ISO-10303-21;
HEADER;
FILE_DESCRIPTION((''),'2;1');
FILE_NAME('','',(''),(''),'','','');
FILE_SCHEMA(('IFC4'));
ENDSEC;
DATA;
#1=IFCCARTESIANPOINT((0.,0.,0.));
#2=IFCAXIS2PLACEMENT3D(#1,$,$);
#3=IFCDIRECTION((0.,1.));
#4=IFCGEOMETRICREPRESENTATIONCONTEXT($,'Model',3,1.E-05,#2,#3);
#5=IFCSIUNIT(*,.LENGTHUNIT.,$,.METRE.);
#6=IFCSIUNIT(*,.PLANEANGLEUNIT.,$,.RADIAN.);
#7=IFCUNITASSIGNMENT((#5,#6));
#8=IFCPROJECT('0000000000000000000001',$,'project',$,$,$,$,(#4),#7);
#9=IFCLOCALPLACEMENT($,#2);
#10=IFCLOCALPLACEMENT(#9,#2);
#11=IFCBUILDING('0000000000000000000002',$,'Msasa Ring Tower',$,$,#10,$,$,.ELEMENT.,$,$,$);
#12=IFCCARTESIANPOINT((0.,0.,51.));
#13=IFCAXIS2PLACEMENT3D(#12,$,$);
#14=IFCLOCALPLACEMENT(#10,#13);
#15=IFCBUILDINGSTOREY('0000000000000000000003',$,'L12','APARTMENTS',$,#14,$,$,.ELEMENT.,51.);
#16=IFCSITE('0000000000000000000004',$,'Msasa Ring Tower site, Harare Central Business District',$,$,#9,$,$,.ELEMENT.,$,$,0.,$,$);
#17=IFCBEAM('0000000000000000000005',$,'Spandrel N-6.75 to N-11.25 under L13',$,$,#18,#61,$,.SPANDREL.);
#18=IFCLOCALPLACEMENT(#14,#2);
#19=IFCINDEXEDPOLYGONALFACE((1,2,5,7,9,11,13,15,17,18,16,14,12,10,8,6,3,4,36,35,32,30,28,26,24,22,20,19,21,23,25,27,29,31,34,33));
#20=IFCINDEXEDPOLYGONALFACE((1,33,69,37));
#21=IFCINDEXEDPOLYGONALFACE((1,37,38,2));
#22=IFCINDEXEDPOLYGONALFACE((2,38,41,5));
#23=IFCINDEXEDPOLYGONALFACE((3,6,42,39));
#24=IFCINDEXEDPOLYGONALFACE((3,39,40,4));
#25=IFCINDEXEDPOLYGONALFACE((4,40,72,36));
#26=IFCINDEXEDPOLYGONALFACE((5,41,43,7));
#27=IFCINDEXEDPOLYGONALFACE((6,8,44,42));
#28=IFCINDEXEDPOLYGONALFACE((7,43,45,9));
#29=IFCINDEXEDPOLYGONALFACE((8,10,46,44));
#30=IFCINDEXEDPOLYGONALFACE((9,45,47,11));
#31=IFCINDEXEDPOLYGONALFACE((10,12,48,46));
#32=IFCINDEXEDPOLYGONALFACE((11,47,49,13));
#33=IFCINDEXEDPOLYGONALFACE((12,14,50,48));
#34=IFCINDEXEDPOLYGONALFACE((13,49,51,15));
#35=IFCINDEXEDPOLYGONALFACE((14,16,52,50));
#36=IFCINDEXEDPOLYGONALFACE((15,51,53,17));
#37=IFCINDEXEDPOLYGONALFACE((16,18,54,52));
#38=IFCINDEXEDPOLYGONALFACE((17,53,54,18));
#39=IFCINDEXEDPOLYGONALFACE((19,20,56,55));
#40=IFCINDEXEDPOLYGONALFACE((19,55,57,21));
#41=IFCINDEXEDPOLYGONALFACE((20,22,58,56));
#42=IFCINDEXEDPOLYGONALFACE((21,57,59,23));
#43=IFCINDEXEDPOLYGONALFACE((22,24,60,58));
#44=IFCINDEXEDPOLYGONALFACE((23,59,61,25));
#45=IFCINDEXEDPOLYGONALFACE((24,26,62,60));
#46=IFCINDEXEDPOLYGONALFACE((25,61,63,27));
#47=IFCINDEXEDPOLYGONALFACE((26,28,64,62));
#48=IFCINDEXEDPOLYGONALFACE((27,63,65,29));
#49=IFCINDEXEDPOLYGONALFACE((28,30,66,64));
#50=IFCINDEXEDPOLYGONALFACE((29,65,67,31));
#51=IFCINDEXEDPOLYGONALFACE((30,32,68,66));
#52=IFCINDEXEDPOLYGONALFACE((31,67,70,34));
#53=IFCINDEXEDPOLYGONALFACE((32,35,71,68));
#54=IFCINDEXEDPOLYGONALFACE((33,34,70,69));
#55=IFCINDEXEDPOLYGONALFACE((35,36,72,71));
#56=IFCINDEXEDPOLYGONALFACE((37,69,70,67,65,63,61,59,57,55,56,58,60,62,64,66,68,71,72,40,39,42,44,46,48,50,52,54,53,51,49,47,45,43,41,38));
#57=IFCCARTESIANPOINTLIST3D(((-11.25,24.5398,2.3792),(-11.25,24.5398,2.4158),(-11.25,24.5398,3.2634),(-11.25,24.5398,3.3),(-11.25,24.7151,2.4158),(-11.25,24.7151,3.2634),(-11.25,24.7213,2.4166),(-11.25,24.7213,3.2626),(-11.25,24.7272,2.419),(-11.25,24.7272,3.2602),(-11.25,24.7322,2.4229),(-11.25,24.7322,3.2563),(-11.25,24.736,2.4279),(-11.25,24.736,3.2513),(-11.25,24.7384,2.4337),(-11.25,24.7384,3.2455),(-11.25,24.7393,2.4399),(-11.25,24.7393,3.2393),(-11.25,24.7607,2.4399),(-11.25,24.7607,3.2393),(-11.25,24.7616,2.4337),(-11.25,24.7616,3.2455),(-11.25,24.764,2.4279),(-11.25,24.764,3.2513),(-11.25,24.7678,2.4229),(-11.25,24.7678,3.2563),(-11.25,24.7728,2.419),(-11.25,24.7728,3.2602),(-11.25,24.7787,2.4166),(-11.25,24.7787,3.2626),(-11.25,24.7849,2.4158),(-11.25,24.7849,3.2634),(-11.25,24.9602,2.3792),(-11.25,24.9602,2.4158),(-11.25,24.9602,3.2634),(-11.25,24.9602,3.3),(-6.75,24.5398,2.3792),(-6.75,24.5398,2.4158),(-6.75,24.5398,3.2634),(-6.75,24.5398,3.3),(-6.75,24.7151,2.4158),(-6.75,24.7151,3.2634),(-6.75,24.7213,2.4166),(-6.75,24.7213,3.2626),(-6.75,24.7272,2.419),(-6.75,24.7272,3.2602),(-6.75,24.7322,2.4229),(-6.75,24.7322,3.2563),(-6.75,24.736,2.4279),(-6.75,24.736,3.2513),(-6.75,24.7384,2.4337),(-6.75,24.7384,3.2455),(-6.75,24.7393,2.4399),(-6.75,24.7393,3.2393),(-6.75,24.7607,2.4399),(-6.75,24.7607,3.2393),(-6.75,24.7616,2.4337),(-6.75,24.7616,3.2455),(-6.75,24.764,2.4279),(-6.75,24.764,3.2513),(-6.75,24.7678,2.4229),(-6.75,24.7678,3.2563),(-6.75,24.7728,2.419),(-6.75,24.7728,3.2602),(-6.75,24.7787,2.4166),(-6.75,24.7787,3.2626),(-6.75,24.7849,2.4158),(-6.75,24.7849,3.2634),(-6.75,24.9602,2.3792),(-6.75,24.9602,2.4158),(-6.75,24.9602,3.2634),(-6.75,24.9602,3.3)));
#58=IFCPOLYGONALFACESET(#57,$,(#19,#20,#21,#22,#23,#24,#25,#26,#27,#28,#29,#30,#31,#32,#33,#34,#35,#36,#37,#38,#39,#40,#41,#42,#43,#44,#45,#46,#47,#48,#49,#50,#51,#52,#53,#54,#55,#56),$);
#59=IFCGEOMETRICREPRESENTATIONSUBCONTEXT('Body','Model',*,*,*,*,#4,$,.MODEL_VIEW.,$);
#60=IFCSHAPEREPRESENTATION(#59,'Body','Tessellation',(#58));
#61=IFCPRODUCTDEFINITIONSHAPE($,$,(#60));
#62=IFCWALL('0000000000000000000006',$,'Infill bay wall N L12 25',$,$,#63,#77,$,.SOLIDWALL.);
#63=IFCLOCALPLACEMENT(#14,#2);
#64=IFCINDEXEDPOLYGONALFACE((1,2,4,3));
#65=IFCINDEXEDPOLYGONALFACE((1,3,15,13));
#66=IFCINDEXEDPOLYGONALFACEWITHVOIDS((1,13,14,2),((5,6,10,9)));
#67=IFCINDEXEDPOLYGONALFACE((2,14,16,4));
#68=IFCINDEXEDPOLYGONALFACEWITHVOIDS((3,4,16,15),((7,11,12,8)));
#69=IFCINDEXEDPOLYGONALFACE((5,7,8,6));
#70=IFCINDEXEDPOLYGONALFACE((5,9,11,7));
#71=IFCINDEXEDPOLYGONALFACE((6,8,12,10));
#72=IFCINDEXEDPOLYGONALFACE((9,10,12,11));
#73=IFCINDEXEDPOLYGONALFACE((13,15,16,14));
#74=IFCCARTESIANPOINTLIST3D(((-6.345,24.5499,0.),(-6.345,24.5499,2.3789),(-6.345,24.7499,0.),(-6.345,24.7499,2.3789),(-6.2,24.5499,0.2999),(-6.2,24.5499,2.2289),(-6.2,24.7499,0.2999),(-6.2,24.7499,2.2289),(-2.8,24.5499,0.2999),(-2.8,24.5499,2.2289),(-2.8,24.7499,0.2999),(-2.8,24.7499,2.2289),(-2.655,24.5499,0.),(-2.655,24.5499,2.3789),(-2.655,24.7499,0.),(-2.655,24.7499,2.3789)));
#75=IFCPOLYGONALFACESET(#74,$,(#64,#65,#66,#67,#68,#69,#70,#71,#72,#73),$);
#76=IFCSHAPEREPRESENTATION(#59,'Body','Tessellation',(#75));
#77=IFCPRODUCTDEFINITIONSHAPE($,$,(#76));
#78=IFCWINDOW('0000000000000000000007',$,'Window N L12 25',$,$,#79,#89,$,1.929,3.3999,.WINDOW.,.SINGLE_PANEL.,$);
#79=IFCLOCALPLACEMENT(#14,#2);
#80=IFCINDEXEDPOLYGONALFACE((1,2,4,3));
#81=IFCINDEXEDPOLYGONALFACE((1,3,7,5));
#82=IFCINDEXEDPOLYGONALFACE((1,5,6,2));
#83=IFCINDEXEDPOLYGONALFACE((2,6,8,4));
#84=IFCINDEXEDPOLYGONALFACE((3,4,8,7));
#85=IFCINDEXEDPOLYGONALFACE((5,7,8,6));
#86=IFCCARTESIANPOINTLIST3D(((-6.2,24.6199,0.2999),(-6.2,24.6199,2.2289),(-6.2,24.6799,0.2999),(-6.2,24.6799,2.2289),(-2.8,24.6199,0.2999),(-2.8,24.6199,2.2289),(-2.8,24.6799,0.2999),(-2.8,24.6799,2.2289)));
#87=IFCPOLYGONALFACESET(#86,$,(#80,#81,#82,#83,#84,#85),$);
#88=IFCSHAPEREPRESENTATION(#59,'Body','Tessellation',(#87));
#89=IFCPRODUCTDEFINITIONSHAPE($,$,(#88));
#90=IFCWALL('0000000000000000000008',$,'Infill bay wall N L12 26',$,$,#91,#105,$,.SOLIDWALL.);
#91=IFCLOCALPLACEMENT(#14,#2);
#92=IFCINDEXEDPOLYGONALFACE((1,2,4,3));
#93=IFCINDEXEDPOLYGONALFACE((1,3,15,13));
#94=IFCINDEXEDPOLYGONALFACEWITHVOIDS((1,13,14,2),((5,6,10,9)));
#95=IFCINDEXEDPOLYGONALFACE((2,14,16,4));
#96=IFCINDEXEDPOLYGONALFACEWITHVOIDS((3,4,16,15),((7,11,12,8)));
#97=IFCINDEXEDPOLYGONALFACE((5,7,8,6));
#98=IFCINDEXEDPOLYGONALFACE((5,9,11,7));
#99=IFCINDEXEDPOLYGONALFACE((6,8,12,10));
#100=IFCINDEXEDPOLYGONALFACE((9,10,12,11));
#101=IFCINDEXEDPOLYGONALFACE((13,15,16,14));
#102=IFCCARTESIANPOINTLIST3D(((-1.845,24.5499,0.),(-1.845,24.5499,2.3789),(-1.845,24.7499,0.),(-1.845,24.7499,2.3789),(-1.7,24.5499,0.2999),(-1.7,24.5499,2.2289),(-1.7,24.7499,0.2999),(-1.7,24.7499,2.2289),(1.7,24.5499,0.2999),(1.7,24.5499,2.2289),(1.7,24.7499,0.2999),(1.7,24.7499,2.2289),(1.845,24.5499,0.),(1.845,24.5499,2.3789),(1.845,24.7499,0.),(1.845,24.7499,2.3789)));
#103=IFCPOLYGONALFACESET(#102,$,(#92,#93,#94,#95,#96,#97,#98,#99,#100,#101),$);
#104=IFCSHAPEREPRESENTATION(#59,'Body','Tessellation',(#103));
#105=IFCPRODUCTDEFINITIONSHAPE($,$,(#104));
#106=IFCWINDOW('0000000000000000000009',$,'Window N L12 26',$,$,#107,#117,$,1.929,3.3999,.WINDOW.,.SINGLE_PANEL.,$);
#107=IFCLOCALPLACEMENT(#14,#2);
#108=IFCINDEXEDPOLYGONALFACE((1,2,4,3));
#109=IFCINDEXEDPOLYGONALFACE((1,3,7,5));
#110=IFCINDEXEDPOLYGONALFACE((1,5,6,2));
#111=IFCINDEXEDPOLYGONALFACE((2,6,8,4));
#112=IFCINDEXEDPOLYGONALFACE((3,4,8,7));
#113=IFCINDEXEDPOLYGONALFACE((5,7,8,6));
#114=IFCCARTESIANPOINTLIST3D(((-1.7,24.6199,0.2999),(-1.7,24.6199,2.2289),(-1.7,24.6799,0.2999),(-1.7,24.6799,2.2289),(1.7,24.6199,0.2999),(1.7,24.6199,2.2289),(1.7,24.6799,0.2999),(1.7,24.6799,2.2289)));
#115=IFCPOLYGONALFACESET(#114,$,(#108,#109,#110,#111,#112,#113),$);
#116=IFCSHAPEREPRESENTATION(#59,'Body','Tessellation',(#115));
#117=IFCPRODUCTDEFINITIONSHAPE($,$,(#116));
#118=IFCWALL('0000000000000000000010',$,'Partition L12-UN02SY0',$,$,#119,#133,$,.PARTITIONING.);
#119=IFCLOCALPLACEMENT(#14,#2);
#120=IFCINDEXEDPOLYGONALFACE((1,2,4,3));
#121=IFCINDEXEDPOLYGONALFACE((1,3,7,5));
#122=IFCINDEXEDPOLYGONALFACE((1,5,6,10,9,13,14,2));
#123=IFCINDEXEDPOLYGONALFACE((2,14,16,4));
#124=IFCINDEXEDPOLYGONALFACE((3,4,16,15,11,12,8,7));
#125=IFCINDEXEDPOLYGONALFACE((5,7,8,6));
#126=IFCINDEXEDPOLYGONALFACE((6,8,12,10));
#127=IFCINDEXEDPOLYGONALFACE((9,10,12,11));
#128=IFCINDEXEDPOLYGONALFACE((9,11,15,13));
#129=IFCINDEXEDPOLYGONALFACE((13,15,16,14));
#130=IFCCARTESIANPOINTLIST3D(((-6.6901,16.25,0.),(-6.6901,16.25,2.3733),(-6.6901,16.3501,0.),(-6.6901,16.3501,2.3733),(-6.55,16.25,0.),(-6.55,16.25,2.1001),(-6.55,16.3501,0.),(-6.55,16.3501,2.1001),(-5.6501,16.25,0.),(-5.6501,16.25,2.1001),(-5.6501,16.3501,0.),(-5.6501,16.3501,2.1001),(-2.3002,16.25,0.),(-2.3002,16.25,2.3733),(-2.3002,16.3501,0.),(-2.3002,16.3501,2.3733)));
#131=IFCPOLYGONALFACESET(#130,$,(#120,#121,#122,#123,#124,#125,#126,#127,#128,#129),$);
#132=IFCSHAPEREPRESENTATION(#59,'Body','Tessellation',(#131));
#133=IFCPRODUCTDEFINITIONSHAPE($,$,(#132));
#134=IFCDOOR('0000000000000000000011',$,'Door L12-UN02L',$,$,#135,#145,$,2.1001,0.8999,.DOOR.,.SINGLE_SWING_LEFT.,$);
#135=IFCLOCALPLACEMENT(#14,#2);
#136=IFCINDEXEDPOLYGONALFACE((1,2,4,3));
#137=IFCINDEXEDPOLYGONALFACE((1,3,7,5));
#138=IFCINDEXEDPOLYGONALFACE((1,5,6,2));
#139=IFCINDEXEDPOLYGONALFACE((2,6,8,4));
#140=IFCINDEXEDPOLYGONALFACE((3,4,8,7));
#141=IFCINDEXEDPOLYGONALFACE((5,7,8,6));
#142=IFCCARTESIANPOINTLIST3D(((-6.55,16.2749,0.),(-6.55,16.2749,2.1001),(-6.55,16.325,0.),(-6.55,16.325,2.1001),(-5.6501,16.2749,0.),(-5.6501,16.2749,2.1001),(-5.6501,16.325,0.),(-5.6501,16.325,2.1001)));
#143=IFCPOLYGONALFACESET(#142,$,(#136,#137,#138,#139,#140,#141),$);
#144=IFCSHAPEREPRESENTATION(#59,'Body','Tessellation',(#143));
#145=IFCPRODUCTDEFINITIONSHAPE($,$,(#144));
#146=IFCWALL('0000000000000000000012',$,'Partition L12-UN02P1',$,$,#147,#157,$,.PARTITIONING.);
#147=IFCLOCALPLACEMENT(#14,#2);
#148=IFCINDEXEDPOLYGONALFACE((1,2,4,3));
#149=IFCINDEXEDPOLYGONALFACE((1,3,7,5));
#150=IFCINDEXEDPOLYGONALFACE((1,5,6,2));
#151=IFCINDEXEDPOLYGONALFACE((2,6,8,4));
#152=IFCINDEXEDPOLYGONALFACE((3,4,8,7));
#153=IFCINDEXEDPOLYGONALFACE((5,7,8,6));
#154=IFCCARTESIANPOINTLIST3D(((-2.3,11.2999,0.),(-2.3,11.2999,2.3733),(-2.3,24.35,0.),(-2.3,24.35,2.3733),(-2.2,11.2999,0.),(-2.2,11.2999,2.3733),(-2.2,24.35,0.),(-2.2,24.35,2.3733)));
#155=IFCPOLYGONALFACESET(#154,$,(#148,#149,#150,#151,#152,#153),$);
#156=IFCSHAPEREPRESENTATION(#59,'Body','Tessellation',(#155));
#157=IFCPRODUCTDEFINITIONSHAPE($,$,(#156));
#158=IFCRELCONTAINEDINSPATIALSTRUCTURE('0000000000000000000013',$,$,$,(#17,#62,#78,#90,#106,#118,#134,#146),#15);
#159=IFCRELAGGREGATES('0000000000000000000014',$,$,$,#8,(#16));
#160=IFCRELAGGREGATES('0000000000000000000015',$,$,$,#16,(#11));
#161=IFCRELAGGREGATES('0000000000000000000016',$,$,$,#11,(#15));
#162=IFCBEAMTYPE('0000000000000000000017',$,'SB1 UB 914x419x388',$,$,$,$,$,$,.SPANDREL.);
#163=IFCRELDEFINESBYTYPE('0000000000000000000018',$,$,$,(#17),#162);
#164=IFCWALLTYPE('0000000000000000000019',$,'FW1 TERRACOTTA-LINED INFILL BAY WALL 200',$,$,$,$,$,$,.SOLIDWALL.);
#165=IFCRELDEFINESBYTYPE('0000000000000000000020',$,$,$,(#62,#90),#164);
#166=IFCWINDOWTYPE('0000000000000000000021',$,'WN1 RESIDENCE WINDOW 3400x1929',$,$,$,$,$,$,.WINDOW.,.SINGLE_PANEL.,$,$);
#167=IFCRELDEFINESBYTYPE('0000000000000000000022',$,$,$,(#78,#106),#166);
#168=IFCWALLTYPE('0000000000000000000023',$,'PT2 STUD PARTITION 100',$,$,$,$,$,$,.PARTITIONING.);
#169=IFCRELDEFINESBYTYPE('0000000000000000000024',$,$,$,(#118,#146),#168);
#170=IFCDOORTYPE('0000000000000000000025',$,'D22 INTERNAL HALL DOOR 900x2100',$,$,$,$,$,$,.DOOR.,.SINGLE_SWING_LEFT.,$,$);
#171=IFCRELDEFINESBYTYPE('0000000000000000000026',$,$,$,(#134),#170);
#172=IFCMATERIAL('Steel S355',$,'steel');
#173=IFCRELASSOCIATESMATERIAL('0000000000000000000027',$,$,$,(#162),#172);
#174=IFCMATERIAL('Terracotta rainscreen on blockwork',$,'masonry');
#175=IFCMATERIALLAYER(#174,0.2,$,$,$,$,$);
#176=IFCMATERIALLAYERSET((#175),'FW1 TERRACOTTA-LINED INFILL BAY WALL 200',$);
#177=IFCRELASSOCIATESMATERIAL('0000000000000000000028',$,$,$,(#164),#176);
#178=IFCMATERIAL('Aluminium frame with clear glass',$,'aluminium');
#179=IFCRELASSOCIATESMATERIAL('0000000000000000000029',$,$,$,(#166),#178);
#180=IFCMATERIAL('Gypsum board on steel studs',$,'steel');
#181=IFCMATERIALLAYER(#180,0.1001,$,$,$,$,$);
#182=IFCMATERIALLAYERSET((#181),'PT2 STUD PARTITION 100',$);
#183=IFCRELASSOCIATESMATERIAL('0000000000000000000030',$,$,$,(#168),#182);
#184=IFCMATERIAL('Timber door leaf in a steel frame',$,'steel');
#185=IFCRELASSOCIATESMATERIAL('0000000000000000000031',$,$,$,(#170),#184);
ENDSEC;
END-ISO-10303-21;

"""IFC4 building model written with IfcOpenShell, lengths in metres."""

from ifc_helpers import new_model, si_unit, direction, frame, frame_2d, origin, origin_2d, place, context, subcontext, project, spatial, rectangle, i_section, extrude, material, layer, layer_set, material_profile, profile_set, type_object, element, fill, save


model = new_model("IFC4")

# Units and contexts
model_context = context("Model", 3, precision=1e-05, world=origin(), true_north=direction((0.0, 1.0)))
body_context = subcontext(model_context, "Body", "Model", "MODEL_VIEW")
ifc_project = project(units=[si_unit("LENGTHUNIT", "METRE"), si_unit("PLANEANGLEUNIT", "RADIAN")], contexts=[model_context])

# Site, building, storey
site_placement = place(None, origin())
site = spatial("IfcSite", under=ifc_project, at=site_placement, Name="Msasa Ring Tower site, Harare Central Business District", CompositionType="ELEMENT", RefElevation=0.0)
building_placement = place(site_placement, origin())
building = spatial("IfcBuilding", under=site, at=building_placement, Name="Msasa Ring Tower", CompositionType="ELEMENT")
storey_placement = place(building_placement, frame((0.0, 0.0, 51.0)))
storey = spatial("IfcBuildingStorey", under=building, at=storey_placement, Name="L12", Description="APARTMENTS", CompositionType="ELEMENT", Elevation=51.0)

# Beam
ifc_material_1 = material(Name="Steel S355", Category="steel")
ifc_material_profile_1 = material_profile(ifc_material_1, i_section(OverallWidth=0.4204, OverallDepth=0.9209, WebThickness=0.0215, FlangeThickness=0.0366, FilletRadius=0.0242, at=origin_2d()), Name="UB 914x419x388")
ifc_profile_set_1 = profile_set([ifc_material_profile_1], Name="Steel S355")
beam_type_1 = type_object("IfcBeamType", Name="SB1 UB 914x419x388", PredefinedType="SPANDREL", material=ifc_profile_set_1)
for number, where, z_axis, x_axis, name in (
    (1, (-6.75, 24.75, 2.8396), (-1.0, 0.0, 0.0), (0.0, -1.0, 0.0), "Spandrel N-6.75 to N-11.25 under L13"),
):
    element("IfcBeam", number, at=place(storey_placement, frame(where, z_axis=z_axis, x_axis=x_axis)), inside=storey, type_object=beam_type_1, Name=name, PredefinedType="SPANDREL", context=body_context, shape_type="SweptSolid", body=[
        extrude(i_section(OverallWidth=0.4204, OverallDepth=0.9209, WebThickness=0.0215, FlangeThickness=0.0366, FilletRadius=0.0242, at=origin_2d()), origin(), (0.0, 0.0, 1.0), 4.5),
    ])

# Walls, openings, windows
ifc_material_2 = material(Name="Terracotta rainscreen on blockwork", Category="masonry")
ifc_layer_1 = layer(ifc_material_2, 0.2)
ifc_layer_set_1 = layer_set([ifc_layer_1], Name="FW1 TERRACOTTA-LINED INFILL BAY WALL 200")
wall_type_1 = type_object("IfcWallType", Name="FW1 TERRACOTTA-LINED INFILL BAY WALL 200", PredefinedType="SOLIDWALL", material=ifc_layer_set_1)
wall_1_placement = place(storey_placement, frame((-6.345, 24.6499, 0.0), z_axis=(0.0, 0.0, 1.0), x_axis=(1.0, 0.0, 0.0)))
wall_1 = element("IfcWall", 2, at=wall_1_placement, inside=storey, type_object=wall_type_1, Name="Infill bay wall N L12 25", PredefinedType="SOLIDWALL", context=body_context, shape_type="SweptSolid", body=[
    extrude(rectangle(XDim=3.6899, YDim=0.2, at=frame_2d((1.845, 0.0))), origin(), (0.0, 0.0, 1.0), 2.3789),
])
opening_1_placement = place(wall_1_placement, frame((0.145, 0.0, 0.3)))
opening_1 = element("IfcOpeningElement", 3, at=opening_1_placement, cuts=wall_1, PredefinedType="OPENING", context=body_context, shape_type="SweptSolid", body=[
    extrude(rectangle(XDim=3.3999, YDim=1.929, at=frame_2d((1.7, 0.9644))), frame((0.0, 0.1099, 0.0), z_axis=(0.0, -1.0, 0.0), x_axis=(1.0, 0.0, 0.0)), (0.0, 0.0, 1.0), 0.22),
])
ifc_material_3 = material(Name="Aluminium frame with clear glass", Category="aluminium")
window_type = type_object("IfcWindowType", Name="WN1 RESIDENCE WINDOW 3400x1929", PartitioningType="SINGLE_PANEL", PredefinedType="WINDOW", material=ifc_material_3)
window_1_placement = place(opening_1_placement, origin())
window_1 = element("IfcWindow", 4, at=window_1_placement, inside=storey, type_object=window_type, Name="Window N L12 25", OverallHeight=1.929, OverallWidth=3.3999, PartitioningType="SINGLE_PANEL", PredefinedType="WINDOW", context=body_context, shape_type="SweptSolid", body=[
    extrude(rectangle(XDim=3.3999, YDim=1.929, at=frame_2d((1.7, 0.9644))), frame((0.0, 0.03, 0.0), z_axis=(0.0, -1.0, 0.0), x_axis=(1.0, 0.0, 0.0)), (0.0, 0.0, 1.0), 0.0601),
])
fill(opening_1, window_1)
wall_2_placement = place(storey_placement, frame((-1.845, 24.6499, 0.0), z_axis=(0.0, 0.0, 1.0), x_axis=(1.0, 0.0, 0.0)))
wall_2 = element("IfcWall", 5, at=wall_2_placement, inside=storey, type_object=wall_type_1, Name="Infill bay wall N L12 26", PredefinedType="SOLIDWALL", context=body_context, shape_type="SweptSolid", body=[
    extrude(rectangle(XDim=3.6899, YDim=0.2, at=frame_2d((1.845, 0.0))), origin(), (0.0, 0.0, 1.0), 2.3789),
])
opening_2_placement = place(wall_2_placement, frame((0.145, 0.0, 0.3)))
opening_2 = element("IfcOpeningElement", 6, at=opening_2_placement, cuts=wall_2, PredefinedType="OPENING", context=body_context, shape_type="SweptSolid", body=[
    extrude(rectangle(XDim=3.3999, YDim=1.929, at=frame_2d((1.7, 0.9644))), frame((0.0, 0.1099, 0.0), z_axis=(0.0, -1.0, 0.0), x_axis=(1.0, 0.0, 0.0)), (0.0, 0.0, 1.0), 0.22),
])
window_2_placement = place(opening_2_placement, origin())
window_2 = element("IfcWindow", 7, at=window_2_placement, inside=storey, type_object=window_type, Name="Window N L12 26", OverallHeight=1.929, OverallWidth=3.3999, PartitioningType="SINGLE_PANEL", PredefinedType="WINDOW", context=body_context, shape_type="SweptSolid", body=[
    extrude(rectangle(XDim=3.3999, YDim=1.929, at=frame_2d((1.7, 0.9644))), frame((0.0, 0.03, 0.0), z_axis=(0.0, -1.0, 0.0), x_axis=(1.0, 0.0, 0.0)), (0.0, 0.0, 1.0), 0.0601),
])
fill(opening_2, window_2)

# Wall, opening, door
ifc_material_4 = material(Name="Gypsum board on steel studs", Category="steel")
ifc_layer_2 = layer(ifc_material_4, 0.1001)
ifc_layer_set_2 = layer_set([ifc_layer_2], Name="PT2 STUD PARTITION 100")
wall_type_2 = type_object("IfcWallType", Name="PT2 STUD PARTITION 100", PredefinedType="PARTITIONING", material=ifc_layer_set_2)
wall_3_placement = place(storey_placement, frame((-6.6899, 16.3, 0.0), z_axis=(0.0, 0.0, 1.0), x_axis=(1.0, 0.0, 0.0)))
wall_3 = element("IfcWall", 8, at=wall_3_placement, inside=storey, type_object=wall_type_2, Name="Partition L12-UN02SY0", PredefinedType="PARTITIONING", context=body_context, shape_type="SweptSolid", body=[
    extrude(rectangle(XDim=4.3899, YDim=0.1001, at=frame_2d((2.1948, 0.0))), origin(), (0.0, 0.0, 1.0), 2.3733),
])
opening_3_placement = place(wall_3_placement, frame((0.1399, 0.0, 0.0)))
opening_3 = element("IfcOpeningElement", 9, at=opening_3_placement, cuts=wall_3, PredefinedType="OPENING", context=body_context, shape_type="SweptSolid", body=[
    extrude(rectangle(XDim=0.8999, YDim=2.1001, at=frame_2d((0.45, 1.05))), frame((0.0, 0.0601, 0.0), z_axis=(0.0, -1.0, 0.0), x_axis=(1.0, 0.0, 0.0)), (0.0, 0.0, 1.0), 0.1201),
])
ifc_material_5 = material(Name="Timber door leaf in a steel frame", Category="steel")
door_type_1 = type_object("IfcDoorType", Name="D22 INTERNAL HALL DOOR 900x2100", OperationType="SINGLE_SWING_LEFT", PredefinedType="DOOR", material=ifc_material_5)
door_1_placement = place(opening_3_placement, origin())
door_1 = element("IfcDoor", 10, at=door_1_placement, inside=storey, type_object=door_type_1, Name="Door L12-UN02L", OperationType="SINGLE_SWING_LEFT", OverallHeight=2.1001, OverallWidth=0.8999, PredefinedType="DOOR", context=body_context, shape_type="SweptSolid", body=[
    extrude(rectangle(XDim=0.8999, YDim=2.1001, at=frame_2d((0.45, 1.05))), frame((0.0, 0.0249, 0.0), z_axis=(0.0, -1.0, 0.0), x_axis=(1.0, 0.0, 0.0)), (0.0, 0.0, 1.0), 0.05),
])
fill(opening_3, door_1)

# Wall
wall_4_placement = place(storey_placement, frame((-2.25, 11.3, 0.0), z_axis=(0.0, 0.0, 1.0), x_axis=(0.0, 1.0, 0.0)))
element("IfcWall", 11, at=wall_4_placement, inside=storey, type_object=wall_type_2, Name="Partition L12-UN02P1", PredefinedType="PARTITIONING", context=body_context, shape_type="SweptSolid", body=[
    extrude(rectangle(XDim=13.05, YDim=0.1001, at=frame_2d((6.5249, 0.0))), origin(), (0.0, 0.0, 1.0), 2.3733),
])

save(model, "model.ifc")
